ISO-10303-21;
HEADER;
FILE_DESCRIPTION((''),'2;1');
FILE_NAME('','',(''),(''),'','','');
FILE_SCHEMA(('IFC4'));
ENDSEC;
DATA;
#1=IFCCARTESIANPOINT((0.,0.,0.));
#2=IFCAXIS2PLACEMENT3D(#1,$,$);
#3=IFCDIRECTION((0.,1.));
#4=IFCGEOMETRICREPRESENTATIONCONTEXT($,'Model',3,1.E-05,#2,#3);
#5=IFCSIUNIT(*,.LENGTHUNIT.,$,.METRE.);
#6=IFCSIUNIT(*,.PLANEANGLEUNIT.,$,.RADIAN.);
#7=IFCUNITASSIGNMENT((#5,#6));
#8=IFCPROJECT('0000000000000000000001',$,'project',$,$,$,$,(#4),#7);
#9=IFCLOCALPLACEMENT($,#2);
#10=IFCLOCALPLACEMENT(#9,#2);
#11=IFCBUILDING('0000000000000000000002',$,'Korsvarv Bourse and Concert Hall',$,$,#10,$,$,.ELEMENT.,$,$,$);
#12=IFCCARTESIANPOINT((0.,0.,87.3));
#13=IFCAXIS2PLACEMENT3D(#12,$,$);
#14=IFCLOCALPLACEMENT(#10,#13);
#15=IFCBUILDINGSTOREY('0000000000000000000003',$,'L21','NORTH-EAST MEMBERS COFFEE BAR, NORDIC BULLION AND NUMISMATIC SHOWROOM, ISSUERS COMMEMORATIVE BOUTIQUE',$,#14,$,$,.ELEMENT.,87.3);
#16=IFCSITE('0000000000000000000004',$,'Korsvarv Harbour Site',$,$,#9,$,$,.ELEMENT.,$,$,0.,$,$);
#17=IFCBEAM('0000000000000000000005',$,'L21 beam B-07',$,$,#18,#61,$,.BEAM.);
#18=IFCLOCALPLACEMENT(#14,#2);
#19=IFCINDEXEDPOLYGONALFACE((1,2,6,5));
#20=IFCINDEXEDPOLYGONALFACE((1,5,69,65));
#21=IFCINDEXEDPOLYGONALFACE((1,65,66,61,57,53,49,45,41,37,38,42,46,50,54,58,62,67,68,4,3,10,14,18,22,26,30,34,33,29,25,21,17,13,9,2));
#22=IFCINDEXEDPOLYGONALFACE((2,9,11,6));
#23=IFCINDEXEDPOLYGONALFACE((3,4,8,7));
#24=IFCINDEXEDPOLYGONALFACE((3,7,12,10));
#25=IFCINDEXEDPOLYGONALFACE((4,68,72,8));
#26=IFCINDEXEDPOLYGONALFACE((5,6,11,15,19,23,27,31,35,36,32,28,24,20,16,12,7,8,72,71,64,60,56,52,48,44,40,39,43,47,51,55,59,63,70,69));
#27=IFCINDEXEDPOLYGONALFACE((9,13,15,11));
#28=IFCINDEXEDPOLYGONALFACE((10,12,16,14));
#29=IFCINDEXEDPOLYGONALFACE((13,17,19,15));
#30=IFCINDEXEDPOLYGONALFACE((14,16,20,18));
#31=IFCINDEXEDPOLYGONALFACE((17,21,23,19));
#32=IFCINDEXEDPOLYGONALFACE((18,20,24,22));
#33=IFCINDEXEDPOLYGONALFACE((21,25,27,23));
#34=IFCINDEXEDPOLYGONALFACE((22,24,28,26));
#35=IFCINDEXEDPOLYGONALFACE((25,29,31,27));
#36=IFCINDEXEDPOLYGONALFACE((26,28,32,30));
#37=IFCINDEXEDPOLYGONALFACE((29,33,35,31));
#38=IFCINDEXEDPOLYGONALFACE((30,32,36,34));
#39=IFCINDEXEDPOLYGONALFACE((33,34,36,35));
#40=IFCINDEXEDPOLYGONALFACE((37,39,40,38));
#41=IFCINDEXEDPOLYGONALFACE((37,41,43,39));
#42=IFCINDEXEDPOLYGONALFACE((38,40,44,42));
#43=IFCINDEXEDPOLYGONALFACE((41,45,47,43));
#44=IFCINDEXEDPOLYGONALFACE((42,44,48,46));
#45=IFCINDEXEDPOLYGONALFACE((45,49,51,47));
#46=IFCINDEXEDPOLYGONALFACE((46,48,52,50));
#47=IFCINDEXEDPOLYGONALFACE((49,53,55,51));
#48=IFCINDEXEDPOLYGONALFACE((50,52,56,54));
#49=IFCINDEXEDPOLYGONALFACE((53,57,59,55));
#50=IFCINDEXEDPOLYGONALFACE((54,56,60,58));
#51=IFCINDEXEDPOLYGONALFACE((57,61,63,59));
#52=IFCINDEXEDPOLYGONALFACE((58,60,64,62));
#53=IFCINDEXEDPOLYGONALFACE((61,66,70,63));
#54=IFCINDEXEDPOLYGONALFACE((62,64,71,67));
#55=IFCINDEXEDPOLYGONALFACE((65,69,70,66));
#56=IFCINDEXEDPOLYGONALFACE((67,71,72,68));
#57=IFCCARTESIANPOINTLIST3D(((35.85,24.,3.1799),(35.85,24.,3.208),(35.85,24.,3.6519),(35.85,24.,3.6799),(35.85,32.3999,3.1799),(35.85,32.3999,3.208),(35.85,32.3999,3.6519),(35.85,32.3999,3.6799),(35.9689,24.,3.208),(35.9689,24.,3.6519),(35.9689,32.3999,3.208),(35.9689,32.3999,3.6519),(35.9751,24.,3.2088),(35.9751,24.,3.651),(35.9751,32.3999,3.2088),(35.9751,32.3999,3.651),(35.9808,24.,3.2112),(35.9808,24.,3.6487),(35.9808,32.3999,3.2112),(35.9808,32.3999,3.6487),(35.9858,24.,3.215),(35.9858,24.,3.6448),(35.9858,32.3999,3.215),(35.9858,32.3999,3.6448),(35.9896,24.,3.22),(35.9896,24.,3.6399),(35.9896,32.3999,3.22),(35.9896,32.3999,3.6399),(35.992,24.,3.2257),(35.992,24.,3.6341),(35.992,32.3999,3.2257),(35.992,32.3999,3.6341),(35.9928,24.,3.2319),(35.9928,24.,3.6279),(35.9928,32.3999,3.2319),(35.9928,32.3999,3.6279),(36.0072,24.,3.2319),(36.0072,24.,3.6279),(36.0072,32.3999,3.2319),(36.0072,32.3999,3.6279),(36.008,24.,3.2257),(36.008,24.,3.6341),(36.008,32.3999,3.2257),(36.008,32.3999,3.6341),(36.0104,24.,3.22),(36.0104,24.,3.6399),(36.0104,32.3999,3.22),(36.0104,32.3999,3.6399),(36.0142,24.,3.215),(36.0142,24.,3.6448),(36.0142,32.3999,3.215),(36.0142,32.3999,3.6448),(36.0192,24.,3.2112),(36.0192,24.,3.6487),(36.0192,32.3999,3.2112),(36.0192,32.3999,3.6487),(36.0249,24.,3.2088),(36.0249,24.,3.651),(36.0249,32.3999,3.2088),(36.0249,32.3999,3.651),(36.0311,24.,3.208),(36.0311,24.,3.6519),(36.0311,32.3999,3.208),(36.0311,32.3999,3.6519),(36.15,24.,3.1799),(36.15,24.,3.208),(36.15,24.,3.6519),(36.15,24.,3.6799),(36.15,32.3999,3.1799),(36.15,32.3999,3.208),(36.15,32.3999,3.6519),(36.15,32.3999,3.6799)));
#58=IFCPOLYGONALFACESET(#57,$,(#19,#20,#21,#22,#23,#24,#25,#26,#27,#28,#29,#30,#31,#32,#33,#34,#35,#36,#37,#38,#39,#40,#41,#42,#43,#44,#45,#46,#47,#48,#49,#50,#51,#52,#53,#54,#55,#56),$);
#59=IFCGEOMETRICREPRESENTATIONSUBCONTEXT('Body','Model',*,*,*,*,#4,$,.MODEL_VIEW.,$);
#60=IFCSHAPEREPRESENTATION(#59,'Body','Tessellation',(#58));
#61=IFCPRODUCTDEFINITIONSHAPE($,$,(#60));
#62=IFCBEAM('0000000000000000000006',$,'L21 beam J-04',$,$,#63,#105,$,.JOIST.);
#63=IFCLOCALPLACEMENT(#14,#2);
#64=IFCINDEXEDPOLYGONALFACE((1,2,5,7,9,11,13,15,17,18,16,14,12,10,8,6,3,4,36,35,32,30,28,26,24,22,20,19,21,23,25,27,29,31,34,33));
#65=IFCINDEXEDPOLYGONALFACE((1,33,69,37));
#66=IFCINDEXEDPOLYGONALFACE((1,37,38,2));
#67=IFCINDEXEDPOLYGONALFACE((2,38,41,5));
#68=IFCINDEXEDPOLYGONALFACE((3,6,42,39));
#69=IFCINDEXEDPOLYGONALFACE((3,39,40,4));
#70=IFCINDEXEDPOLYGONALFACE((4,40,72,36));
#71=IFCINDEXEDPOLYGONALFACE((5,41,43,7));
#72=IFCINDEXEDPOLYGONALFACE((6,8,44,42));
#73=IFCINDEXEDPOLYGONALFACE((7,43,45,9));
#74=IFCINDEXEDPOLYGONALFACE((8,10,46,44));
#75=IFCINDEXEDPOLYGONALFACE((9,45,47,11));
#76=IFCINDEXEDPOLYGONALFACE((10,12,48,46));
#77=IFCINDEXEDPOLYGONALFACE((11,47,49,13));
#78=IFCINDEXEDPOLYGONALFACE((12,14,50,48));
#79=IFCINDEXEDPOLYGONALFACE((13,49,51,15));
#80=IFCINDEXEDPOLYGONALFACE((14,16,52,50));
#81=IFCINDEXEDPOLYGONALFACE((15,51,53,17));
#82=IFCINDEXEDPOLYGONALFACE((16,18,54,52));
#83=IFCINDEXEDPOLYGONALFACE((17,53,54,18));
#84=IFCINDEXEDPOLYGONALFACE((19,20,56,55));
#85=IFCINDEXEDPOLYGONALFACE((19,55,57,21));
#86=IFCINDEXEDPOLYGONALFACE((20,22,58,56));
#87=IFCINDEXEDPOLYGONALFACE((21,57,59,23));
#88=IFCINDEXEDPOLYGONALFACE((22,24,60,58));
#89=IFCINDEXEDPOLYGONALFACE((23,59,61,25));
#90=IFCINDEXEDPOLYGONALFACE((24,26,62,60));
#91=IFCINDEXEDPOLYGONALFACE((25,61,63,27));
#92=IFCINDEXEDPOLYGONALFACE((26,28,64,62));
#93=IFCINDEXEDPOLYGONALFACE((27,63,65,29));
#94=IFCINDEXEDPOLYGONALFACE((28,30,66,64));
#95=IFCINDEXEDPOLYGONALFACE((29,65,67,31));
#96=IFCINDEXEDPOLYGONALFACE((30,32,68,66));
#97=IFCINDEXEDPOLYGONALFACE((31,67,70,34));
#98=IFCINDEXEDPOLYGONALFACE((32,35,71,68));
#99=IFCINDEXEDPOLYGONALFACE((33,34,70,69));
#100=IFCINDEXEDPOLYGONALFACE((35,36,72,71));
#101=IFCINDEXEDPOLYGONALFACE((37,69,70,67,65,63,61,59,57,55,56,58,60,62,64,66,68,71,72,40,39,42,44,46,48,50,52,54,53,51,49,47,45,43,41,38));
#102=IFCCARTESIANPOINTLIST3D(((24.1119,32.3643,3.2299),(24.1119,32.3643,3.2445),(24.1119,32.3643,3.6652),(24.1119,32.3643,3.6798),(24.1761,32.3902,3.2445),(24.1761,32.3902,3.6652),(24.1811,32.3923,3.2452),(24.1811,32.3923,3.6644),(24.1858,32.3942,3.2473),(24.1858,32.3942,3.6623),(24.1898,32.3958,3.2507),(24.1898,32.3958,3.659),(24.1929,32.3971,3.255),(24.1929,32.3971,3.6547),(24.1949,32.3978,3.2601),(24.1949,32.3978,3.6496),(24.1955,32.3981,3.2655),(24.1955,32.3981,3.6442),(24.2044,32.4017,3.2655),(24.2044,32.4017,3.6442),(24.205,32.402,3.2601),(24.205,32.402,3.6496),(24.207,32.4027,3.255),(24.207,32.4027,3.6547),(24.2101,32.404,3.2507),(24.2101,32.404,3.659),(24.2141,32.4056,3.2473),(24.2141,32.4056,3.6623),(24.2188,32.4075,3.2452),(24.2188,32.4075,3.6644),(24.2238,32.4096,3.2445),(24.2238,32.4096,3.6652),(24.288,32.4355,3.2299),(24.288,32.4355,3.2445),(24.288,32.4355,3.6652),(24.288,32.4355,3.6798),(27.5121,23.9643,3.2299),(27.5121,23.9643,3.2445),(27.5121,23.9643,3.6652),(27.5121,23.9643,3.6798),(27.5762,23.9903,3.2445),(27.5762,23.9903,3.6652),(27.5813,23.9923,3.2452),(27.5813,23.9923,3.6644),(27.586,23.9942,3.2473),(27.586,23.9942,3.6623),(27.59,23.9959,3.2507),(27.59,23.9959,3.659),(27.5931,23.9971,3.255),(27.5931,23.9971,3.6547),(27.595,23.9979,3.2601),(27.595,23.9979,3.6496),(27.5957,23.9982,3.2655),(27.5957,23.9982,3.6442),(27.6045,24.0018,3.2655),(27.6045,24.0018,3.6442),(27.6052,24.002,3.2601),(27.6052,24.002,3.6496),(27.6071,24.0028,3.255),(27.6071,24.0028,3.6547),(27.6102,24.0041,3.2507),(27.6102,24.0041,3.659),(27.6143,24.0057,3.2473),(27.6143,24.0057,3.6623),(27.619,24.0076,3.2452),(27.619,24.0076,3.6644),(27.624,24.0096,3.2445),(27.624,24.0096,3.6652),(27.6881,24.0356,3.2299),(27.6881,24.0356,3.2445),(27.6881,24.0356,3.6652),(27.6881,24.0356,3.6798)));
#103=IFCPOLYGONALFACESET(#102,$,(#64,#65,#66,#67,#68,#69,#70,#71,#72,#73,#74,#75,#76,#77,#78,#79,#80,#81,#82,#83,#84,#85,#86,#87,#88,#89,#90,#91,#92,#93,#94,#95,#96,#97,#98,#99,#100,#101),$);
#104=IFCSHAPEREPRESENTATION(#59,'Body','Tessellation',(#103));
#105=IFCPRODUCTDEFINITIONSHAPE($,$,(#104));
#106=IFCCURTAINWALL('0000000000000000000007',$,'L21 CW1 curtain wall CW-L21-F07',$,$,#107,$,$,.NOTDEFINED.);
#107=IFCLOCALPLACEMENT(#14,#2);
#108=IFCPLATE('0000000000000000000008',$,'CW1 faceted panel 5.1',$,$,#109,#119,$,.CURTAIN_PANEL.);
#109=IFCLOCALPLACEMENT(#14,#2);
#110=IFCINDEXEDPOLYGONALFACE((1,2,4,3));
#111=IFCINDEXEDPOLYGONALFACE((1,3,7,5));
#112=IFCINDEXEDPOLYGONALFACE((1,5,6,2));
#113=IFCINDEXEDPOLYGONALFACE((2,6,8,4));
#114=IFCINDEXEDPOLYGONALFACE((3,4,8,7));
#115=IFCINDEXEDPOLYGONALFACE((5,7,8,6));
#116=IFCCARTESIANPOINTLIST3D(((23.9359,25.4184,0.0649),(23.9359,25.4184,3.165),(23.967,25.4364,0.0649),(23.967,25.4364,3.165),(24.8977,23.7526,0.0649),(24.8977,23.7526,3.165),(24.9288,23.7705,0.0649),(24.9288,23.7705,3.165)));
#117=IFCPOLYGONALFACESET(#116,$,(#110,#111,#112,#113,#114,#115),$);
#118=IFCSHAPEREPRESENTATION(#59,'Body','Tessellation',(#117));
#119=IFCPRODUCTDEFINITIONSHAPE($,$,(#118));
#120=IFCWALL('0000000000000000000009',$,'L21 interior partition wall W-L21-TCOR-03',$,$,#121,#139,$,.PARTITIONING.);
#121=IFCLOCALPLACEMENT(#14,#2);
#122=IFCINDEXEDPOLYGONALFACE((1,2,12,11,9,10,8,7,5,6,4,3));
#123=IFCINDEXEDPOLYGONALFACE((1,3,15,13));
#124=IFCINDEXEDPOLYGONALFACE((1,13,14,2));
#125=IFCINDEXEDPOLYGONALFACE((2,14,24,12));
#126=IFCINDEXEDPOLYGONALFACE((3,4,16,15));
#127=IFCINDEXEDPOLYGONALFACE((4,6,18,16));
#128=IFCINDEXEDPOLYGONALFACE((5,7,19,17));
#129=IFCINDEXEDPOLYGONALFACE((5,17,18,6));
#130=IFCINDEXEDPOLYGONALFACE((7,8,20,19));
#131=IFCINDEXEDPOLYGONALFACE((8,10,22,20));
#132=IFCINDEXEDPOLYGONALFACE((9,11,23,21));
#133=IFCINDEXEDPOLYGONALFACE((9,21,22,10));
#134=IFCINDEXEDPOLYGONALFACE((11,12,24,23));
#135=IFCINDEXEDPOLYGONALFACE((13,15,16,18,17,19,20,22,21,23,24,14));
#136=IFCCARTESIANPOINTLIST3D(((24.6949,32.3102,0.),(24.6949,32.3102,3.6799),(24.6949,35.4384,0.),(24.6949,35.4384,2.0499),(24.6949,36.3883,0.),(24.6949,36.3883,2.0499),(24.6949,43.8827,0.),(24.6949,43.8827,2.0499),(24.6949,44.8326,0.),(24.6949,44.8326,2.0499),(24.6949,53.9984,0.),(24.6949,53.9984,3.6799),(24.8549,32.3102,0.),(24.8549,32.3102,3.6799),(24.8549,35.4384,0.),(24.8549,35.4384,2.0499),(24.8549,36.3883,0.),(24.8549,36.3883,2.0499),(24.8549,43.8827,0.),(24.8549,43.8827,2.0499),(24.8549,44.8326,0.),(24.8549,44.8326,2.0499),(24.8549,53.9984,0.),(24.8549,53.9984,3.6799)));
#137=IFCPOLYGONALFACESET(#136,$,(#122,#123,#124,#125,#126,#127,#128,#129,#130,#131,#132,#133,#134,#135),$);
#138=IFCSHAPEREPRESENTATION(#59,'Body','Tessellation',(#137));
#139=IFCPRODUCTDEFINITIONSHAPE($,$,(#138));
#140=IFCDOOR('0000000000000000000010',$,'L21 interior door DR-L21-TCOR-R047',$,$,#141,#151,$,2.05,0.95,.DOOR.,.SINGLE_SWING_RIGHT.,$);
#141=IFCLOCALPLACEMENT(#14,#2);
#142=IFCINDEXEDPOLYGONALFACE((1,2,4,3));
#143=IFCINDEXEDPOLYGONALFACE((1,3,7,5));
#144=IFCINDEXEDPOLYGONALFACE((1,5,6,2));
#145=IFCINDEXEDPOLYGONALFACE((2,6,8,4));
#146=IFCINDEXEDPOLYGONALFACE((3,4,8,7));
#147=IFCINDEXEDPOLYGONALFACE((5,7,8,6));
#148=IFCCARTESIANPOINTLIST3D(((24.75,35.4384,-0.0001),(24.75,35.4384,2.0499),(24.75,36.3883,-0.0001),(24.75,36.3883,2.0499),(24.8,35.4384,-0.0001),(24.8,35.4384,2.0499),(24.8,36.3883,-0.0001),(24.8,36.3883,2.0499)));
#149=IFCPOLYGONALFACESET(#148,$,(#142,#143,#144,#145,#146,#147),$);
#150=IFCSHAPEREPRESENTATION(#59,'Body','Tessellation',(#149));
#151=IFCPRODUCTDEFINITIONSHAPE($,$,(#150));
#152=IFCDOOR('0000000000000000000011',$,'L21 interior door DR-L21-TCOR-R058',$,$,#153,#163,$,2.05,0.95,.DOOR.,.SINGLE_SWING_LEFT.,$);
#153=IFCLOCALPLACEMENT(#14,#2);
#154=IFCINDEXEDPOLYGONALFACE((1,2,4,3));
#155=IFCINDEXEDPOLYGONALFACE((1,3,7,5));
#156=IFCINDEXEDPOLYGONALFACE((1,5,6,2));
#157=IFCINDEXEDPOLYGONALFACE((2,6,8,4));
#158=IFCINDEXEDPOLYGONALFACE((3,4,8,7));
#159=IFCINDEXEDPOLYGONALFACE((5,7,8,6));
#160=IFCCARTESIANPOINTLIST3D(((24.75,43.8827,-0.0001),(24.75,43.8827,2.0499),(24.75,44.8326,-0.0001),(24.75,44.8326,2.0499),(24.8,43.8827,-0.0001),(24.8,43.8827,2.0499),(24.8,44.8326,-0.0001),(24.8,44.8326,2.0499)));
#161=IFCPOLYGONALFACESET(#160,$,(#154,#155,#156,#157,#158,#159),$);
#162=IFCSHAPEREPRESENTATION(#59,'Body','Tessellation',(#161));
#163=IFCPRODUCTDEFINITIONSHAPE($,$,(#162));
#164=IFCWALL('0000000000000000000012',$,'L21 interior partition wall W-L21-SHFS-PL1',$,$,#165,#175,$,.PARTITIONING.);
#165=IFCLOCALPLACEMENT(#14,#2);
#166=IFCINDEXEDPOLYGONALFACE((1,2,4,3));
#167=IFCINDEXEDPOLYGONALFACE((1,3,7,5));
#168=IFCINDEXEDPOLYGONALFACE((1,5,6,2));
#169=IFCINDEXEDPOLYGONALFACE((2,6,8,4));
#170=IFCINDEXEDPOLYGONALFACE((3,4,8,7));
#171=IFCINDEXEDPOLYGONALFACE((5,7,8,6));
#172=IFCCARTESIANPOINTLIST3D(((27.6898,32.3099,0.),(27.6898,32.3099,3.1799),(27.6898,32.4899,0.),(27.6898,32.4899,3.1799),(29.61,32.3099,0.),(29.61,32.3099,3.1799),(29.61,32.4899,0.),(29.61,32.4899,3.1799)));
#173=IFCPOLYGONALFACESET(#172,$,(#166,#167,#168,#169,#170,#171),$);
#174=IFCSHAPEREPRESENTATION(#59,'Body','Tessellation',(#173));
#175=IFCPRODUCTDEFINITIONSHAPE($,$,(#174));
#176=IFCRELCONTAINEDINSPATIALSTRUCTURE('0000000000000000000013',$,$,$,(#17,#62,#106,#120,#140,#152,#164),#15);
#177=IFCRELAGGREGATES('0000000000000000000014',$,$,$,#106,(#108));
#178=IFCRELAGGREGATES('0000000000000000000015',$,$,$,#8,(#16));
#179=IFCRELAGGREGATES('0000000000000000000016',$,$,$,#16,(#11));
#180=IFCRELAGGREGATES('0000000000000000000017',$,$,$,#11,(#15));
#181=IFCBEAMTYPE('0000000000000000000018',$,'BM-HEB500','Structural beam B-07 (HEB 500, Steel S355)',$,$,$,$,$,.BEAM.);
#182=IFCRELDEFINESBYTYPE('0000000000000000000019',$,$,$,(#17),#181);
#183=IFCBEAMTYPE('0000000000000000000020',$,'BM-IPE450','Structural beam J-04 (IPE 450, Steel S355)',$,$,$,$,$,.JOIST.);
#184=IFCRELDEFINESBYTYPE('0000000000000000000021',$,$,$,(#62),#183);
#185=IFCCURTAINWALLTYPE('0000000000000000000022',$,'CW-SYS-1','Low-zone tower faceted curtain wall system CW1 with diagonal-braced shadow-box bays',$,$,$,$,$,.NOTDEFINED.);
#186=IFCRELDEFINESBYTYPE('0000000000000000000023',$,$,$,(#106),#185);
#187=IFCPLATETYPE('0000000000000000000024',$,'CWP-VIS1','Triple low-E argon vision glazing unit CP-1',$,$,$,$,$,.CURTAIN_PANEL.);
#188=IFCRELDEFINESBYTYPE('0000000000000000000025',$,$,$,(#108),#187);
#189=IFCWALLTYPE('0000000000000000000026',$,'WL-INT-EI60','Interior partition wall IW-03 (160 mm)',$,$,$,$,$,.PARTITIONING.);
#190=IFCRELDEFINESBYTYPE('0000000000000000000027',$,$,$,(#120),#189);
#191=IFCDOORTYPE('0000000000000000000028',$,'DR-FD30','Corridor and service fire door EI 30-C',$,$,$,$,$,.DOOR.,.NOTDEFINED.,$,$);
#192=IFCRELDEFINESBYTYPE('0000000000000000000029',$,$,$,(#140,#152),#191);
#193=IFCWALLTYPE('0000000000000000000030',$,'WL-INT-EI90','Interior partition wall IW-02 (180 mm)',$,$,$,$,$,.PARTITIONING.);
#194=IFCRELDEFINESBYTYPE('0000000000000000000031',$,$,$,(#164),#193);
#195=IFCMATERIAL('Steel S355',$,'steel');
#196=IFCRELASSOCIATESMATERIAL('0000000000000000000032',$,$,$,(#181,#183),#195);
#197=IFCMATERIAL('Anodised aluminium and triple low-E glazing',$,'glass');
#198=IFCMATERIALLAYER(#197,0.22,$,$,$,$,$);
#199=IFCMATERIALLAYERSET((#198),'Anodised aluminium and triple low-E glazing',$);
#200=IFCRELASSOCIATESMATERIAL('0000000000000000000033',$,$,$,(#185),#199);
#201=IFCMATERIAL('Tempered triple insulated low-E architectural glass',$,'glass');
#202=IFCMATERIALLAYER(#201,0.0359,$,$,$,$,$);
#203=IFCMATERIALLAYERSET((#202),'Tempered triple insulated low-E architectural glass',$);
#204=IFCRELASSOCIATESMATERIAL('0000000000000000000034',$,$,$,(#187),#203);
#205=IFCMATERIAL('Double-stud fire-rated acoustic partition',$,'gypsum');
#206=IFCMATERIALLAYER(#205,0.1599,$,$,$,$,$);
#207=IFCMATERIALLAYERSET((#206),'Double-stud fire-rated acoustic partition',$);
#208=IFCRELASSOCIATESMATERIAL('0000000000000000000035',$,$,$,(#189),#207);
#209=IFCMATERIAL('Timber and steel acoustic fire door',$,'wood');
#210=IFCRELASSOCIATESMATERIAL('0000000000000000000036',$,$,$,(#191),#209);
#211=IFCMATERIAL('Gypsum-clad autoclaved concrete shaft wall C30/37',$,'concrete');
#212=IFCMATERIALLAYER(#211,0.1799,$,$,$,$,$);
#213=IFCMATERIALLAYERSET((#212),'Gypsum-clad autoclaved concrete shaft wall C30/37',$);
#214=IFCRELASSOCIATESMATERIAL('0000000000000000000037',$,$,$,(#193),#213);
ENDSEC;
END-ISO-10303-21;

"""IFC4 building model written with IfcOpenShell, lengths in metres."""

from ifc_helpers import new_model, si_unit, direction, frame, frame_2d, origin, origin_2d, place, context, subcontext, project, spatial, rectangle, i_section, extrude, source, transform, mapped, material, layer, layer_set, material_profile, profile_set, type_object, element, fill, aggregate, save


model = new_model("IFC4")

# Units and contexts
model_context = context("Model", 3, precision=1e-05, world=origin(), true_north=direction((0.0, 1.0)))
body_context = subcontext(model_context, "Body", "Model", "MODEL_VIEW")
ifc_project = project(units=[si_unit("LENGTHUNIT", "METRE"), si_unit("PLANEANGLEUNIT", "RADIAN")], contexts=[model_context])

# Site, building, storey
site_placement = place(None, origin())
site = spatial("IfcSite", under=ifc_project, at=site_placement, Name="Korsvarv Harbour Site", CompositionType="ELEMENT", RefElevation=0.0)
building_placement = place(site_placement, origin())
building = spatial("IfcBuilding", under=site, at=building_placement, Name="Korsvarv Bourse and Concert Hall", CompositionType="ELEMENT")
storey_placement = place(building_placement, frame((0.0, 0.0, 87.3)))
storey = spatial("IfcBuildingStorey", under=building, at=storey_placement, Name="L21", Description="NORTH-EAST MEMBERS COFFEE BAR, NORDIC BULLION AND NUMISMATIC SHOWROOM, ISSUERS COMMEMORATIVE BOUTIQUE", CompositionType="ELEMENT", Elevation=87.3)

# Beams
ifc_material_1 = material(Name="Steel S355", Category="steel")
ifc_material_profile_1 = material_profile(ifc_material_1, i_section(OverallWidth=0.3, OverallDepth=0.5, WebThickness=0.0144, FlangeThickness=0.0281, FilletRadius=0.0239, at=origin_2d()), Name="HEB 500")
ifc_profile_set_1 = profile_set([ifc_material_profile_1], Name="Steel S355")
beam_type_1 = type_object("IfcBeamType", Name="BM-HEB500", Description="Structural beam B-07 (HEB 500, Steel S355)", PredefinedType="BEAM", material=ifc_profile_set_1)
shared_shape_1 = source(origin(), body_context, "Body", "SweptSolid", [
    extrude(i_section(OverallWidth=0.3, OverallDepth=0.5, WebThickness=0.0144, FlangeThickness=0.0281, FilletRadius=0.0239, at=origin_2d()), origin(), (0.0, 0.0, 1.0), 8.3999),
])
for number, where, z_axis, x_axis, name in (
    (1, (36.0, 24.0, 3.4299), (0.0, 1.0, 0.0), (-1.0, 0.0, 0.0), "L21 beam B-07"),
):
    element("IfcBeam", number, at=place(storey_placement, frame(where, z_axis=z_axis, x_axis=x_axis)), inside=storey, type_object=beam_type_1, Name=name, PredefinedType="BEAM", context=body_context, shape_type="MappedRepresentation", body=[
        mapped(shared_shape_1, transform((0.0, 0.0, 0.0), scale=1.0)),
    ])
ifc_material_profile_2 = material_profile(ifc_material_1, i_section(OverallWidth=0.1899, OverallDepth=0.45, WebThickness=0.0095, FlangeThickness=0.0146, FilletRadius=0.021, at=origin_2d()), Name="IPE 450")
ifc_profile_set_2 = profile_set([ifc_material_profile_2], Name="Steel S355")
beam_type_2 = type_object("IfcBeamType", Name="BM-IPE450", Description="Structural beam J-04 (IPE 450, Steel S355)", PredefinedType="JOIST", material=ifc_profile_set_2)
shared_shape_2 = source(origin(), body_context, "Body", "SweptSolid", [
    extrude(i_section(OverallWidth=0.1899, OverallDepth=0.45, WebThickness=0.0095, FlangeThickness=0.0146, FilletRadius=0.021, at=origin_2d()), origin(), (0.0, 0.0, 1.0), 9.062),
])
beam_1_placement = place(storey_placement, frame((24.2, 32.3999, 3.4548), z_axis=(0.37521, -0.92694, 0.0), x_axis=(0.92694, 0.37521, 0.0)))
element("IfcBeam", 2, at=beam_1_placement, inside=storey, type_object=beam_type_2, Name="L21 beam J-04", PredefinedType="JOIST", context=body_context, shape_type="MappedRepresentation", body=[
    mapped(shared_shape_2, transform((0.0, 0.0, 0.0), scale=1.0)),
])

# Curtain wall, plate
ifc_material_2 = material(Name="Anodised aluminium and triple low-E glazing", Category="glass")
ifc_layer_1 = layer(ifc_material_2, 0.22)
ifc_layer_set_1 = layer_set([ifc_layer_1], Name="Anodised aluminium and triple low-E glazing")
curtain_wall_type = type_object("IfcCurtainWallType", Name="CW-SYS-1", Description="Low-zone tower faceted curtain wall system CW1 with diagonal-braced shadow-box bays", PredefinedType="NOTDEFINED", material=ifc_layer_set_1)
curtain_wall_placement = place(storey_placement, origin())
curtain_wall = element("IfcCurtainWall", 3, at=curtain_wall_placement, inside=storey, type_object=curtain_wall_type, Name="L21 CW1 curtain wall CW-L21-F07", PredefinedType="NOTDEFINED")
ifc_material_3 = material(Name="Tempered triple insulated low-E architectural glass", Category="glass")
ifc_layer_2 = layer(ifc_material_3, 0.0359)
ifc_layer_set_2 = layer_set([ifc_layer_2], Name="Tempered triple insulated low-E architectural glass")
plate_type = type_object("IfcPlateType", Name="CWP-VIS1", Description="Triple low-E argon vision glazing unit CP-1", PredefinedType="CURTAIN_PANEL", material=ifc_layer_set_2)
shared_shape_3 = source(origin(), body_context, "Body", "SweptSolid", [
    extrude(rectangle(XDim=1.9236, YDim=0.0359, at=origin_2d()), origin(), (0.0, 0.0, 1.0), 3.1001),
])
plate_placement = place(storey_placement, frame((24.4324, 24.5945, 0.0649), z_axis=(0.0, 0.0, 1.0), x_axis=(0.499999, -0.866026, 0.0)))
plate = element("IfcPlate", 4, at=plate_placement, type_object=plate_type, Name="CW1 faceted panel 5.1", PredefinedType="CURTAIN_PANEL", context=body_context, shape_type="MappedRepresentation", body=[
    mapped(shared_shape_3, transform((0.0, 0.0, 0.0), scale=1.0)),
])
aggregate(curtain_wall, [plate])

# Wall, openings, doors
ifc_material_4 = material(Name="Double-stud fire-rated acoustic partition", Category="gypsum")
ifc_layer_3 = layer(ifc_material_4, 0.1599)
ifc_layer_set_3 = layer_set([ifc_layer_3], Name="Double-stud fire-rated acoustic partition")
wall_type_1 = type_object("IfcWallType", Name="WL-INT-EI60", Description="Interior partition wall IW-03 (160 mm)", PredefinedType="PARTITIONING", material=ifc_layer_set_3)
wall_1_placement = place(storey_placement, frame((24.7749, 32.3101, 0.0), z_axis=(0.0, 0.0, 1.0), x_axis=(0.0, 1.0, 0.0)))
wall_1 = element("IfcWall", 5, at=wall_1_placement, inside=storey, type_object=wall_type_1, Name="L21 interior partition wall W-L21-TCOR-03", PredefinedType="PARTITIONING", context=body_context, shape_type="SweptSolid", body=[
    extrude(rectangle(XDim=21.6882, YDim=0.1599, at=frame_2d((10.8442, 0.0))), origin(), (0.0, 0.0, 1.0), 3.6799),
])
opening_1_placement = place(wall_1_placement, frame((3.1282, 0.0, 0.0)))
opening_1 = element("IfcOpeningElement", 6, at=opening_1_placement, cuts=wall_1, PredefinedType="OPENING", context=body_context, shape_type="SweptSolid", body=[
    extrude(rectangle(XDim=0.95, YDim=2.05, at=frame_2d((0.4751, 1.0249))), frame((0.0, 0.0898, 0.0), z_axis=(0.0, -1.0, 0.0), x_axis=(1.0, 0.0, 0.0)), (0.0, 0.0, 1.0), 0.1799),
])
opening_2_placement = place(wall_1_placement, frame((11.5725, 0.0, 0.0)))
opening_2 = element("IfcOpeningElement", 7, at=opening_2_placement, cuts=wall_1, PredefinedType="OPENING", context=body_context, shape_type="SweptSolid", body=[
    extrude(rectangle(XDim=0.95, YDim=2.05, at=frame_2d((0.4751, 1.0249))), frame((0.0, 0.0898, 0.0), z_axis=(0.0, -1.0, 0.0), x_axis=(1.0, 0.0, 0.0)), (0.0, 0.0, 1.0), 0.1799),
])
ifc_material_5 = material(Name="Timber and steel acoustic fire door", Category="wood")
door_type = type_object("IfcDoorType", Name="DR-FD30", Description="Corridor and service fire door EI 30-C", OperationType="NOTDEFINED", PredefinedType="DOOR", material=ifc_material_5)
door_1_placement = place(opening_1_placement, origin())
door_1 = element("IfcDoor", 8, at=door_1_placement, inside=storey, type_object=door_type, Name="L21 interior door DR-L21-TCOR-R047", OperationType="SINGLE_SWING_RIGHT", OverallHeight=2.05, OverallWidth=0.95, PredefinedType="DOOR", context=body_context, shape_type="SweptSolid", body=[
    extrude(rectangle(XDim=0.95, YDim=2.05, at=frame_2d((0.4751, 1.0249))), frame((0.0, 0.0249, 0.0), z_axis=(0.0, -1.0, 0.0), x_axis=(1.0, 0.0, 0.0)), (0.0, 0.0, 1.0), 0.05),
])
fill(opening_1, door_1)
door_2_placement = place(opening_2_placement, origin())
door_2 = element("IfcDoor", 9, at=door_2_placement, inside=storey, type_object=door_type, Name="L21 interior door DR-L21-TCOR-R058", OperationType="SINGLE_SWING_LEFT", OverallHeight=2.05, OverallWidth=0.95, PredefinedType="DOOR", context=body_context, shape_type="SweptSolid", body=[
    extrude(rectangle(XDim=0.95, YDim=2.05, at=frame_2d((0.4751, 1.0249))), frame((0.0, 0.0249, 0.0), z_axis=(0.0, -1.0, 0.0), x_axis=(1.0, 0.0, 0.0)), (0.0, 0.0, 1.0), 0.05),
])
fill(opening_2, door_2)

# Wall
ifc_material_6 = material(Name="Gypsum-clad autoclaved concrete shaft wall C30/37", Category="concrete")
ifc_layer_4 = layer(ifc_material_6, 0.1799)
ifc_layer_set_4 = layer_set([ifc_layer_4], Name="Gypsum-clad autoclaved concrete shaft wall C30/37")
wall_type_2 = type_object("IfcWallType", Name="WL-INT-EI90", Description="Interior partition wall IW-02 (180 mm)", PredefinedType="PARTITIONING", material=ifc_layer_set_4)
wall_2_placement = place(storey_placement, frame((27.6899, 32.3999, 0.0), z_axis=(0.0, 0.0, 1.0), x_axis=(1.0, 0.0, 0.0)))
element("IfcWall", 10, at=wall_2_placement, inside=storey, type_object=wall_type_2, Name="L21 interior partition wall W-L21-SHFS-PL1", PredefinedType="PARTITIONING", context=body_context, shape_type="SweptSolid", body=[
    extrude(rectangle(XDim=1.9202, YDim=0.1799, at=frame_2d((0.96, 0.0))), origin(), (0.0, 0.0, 1.0), 3.1799),
])

save(model, "model.ifc")
